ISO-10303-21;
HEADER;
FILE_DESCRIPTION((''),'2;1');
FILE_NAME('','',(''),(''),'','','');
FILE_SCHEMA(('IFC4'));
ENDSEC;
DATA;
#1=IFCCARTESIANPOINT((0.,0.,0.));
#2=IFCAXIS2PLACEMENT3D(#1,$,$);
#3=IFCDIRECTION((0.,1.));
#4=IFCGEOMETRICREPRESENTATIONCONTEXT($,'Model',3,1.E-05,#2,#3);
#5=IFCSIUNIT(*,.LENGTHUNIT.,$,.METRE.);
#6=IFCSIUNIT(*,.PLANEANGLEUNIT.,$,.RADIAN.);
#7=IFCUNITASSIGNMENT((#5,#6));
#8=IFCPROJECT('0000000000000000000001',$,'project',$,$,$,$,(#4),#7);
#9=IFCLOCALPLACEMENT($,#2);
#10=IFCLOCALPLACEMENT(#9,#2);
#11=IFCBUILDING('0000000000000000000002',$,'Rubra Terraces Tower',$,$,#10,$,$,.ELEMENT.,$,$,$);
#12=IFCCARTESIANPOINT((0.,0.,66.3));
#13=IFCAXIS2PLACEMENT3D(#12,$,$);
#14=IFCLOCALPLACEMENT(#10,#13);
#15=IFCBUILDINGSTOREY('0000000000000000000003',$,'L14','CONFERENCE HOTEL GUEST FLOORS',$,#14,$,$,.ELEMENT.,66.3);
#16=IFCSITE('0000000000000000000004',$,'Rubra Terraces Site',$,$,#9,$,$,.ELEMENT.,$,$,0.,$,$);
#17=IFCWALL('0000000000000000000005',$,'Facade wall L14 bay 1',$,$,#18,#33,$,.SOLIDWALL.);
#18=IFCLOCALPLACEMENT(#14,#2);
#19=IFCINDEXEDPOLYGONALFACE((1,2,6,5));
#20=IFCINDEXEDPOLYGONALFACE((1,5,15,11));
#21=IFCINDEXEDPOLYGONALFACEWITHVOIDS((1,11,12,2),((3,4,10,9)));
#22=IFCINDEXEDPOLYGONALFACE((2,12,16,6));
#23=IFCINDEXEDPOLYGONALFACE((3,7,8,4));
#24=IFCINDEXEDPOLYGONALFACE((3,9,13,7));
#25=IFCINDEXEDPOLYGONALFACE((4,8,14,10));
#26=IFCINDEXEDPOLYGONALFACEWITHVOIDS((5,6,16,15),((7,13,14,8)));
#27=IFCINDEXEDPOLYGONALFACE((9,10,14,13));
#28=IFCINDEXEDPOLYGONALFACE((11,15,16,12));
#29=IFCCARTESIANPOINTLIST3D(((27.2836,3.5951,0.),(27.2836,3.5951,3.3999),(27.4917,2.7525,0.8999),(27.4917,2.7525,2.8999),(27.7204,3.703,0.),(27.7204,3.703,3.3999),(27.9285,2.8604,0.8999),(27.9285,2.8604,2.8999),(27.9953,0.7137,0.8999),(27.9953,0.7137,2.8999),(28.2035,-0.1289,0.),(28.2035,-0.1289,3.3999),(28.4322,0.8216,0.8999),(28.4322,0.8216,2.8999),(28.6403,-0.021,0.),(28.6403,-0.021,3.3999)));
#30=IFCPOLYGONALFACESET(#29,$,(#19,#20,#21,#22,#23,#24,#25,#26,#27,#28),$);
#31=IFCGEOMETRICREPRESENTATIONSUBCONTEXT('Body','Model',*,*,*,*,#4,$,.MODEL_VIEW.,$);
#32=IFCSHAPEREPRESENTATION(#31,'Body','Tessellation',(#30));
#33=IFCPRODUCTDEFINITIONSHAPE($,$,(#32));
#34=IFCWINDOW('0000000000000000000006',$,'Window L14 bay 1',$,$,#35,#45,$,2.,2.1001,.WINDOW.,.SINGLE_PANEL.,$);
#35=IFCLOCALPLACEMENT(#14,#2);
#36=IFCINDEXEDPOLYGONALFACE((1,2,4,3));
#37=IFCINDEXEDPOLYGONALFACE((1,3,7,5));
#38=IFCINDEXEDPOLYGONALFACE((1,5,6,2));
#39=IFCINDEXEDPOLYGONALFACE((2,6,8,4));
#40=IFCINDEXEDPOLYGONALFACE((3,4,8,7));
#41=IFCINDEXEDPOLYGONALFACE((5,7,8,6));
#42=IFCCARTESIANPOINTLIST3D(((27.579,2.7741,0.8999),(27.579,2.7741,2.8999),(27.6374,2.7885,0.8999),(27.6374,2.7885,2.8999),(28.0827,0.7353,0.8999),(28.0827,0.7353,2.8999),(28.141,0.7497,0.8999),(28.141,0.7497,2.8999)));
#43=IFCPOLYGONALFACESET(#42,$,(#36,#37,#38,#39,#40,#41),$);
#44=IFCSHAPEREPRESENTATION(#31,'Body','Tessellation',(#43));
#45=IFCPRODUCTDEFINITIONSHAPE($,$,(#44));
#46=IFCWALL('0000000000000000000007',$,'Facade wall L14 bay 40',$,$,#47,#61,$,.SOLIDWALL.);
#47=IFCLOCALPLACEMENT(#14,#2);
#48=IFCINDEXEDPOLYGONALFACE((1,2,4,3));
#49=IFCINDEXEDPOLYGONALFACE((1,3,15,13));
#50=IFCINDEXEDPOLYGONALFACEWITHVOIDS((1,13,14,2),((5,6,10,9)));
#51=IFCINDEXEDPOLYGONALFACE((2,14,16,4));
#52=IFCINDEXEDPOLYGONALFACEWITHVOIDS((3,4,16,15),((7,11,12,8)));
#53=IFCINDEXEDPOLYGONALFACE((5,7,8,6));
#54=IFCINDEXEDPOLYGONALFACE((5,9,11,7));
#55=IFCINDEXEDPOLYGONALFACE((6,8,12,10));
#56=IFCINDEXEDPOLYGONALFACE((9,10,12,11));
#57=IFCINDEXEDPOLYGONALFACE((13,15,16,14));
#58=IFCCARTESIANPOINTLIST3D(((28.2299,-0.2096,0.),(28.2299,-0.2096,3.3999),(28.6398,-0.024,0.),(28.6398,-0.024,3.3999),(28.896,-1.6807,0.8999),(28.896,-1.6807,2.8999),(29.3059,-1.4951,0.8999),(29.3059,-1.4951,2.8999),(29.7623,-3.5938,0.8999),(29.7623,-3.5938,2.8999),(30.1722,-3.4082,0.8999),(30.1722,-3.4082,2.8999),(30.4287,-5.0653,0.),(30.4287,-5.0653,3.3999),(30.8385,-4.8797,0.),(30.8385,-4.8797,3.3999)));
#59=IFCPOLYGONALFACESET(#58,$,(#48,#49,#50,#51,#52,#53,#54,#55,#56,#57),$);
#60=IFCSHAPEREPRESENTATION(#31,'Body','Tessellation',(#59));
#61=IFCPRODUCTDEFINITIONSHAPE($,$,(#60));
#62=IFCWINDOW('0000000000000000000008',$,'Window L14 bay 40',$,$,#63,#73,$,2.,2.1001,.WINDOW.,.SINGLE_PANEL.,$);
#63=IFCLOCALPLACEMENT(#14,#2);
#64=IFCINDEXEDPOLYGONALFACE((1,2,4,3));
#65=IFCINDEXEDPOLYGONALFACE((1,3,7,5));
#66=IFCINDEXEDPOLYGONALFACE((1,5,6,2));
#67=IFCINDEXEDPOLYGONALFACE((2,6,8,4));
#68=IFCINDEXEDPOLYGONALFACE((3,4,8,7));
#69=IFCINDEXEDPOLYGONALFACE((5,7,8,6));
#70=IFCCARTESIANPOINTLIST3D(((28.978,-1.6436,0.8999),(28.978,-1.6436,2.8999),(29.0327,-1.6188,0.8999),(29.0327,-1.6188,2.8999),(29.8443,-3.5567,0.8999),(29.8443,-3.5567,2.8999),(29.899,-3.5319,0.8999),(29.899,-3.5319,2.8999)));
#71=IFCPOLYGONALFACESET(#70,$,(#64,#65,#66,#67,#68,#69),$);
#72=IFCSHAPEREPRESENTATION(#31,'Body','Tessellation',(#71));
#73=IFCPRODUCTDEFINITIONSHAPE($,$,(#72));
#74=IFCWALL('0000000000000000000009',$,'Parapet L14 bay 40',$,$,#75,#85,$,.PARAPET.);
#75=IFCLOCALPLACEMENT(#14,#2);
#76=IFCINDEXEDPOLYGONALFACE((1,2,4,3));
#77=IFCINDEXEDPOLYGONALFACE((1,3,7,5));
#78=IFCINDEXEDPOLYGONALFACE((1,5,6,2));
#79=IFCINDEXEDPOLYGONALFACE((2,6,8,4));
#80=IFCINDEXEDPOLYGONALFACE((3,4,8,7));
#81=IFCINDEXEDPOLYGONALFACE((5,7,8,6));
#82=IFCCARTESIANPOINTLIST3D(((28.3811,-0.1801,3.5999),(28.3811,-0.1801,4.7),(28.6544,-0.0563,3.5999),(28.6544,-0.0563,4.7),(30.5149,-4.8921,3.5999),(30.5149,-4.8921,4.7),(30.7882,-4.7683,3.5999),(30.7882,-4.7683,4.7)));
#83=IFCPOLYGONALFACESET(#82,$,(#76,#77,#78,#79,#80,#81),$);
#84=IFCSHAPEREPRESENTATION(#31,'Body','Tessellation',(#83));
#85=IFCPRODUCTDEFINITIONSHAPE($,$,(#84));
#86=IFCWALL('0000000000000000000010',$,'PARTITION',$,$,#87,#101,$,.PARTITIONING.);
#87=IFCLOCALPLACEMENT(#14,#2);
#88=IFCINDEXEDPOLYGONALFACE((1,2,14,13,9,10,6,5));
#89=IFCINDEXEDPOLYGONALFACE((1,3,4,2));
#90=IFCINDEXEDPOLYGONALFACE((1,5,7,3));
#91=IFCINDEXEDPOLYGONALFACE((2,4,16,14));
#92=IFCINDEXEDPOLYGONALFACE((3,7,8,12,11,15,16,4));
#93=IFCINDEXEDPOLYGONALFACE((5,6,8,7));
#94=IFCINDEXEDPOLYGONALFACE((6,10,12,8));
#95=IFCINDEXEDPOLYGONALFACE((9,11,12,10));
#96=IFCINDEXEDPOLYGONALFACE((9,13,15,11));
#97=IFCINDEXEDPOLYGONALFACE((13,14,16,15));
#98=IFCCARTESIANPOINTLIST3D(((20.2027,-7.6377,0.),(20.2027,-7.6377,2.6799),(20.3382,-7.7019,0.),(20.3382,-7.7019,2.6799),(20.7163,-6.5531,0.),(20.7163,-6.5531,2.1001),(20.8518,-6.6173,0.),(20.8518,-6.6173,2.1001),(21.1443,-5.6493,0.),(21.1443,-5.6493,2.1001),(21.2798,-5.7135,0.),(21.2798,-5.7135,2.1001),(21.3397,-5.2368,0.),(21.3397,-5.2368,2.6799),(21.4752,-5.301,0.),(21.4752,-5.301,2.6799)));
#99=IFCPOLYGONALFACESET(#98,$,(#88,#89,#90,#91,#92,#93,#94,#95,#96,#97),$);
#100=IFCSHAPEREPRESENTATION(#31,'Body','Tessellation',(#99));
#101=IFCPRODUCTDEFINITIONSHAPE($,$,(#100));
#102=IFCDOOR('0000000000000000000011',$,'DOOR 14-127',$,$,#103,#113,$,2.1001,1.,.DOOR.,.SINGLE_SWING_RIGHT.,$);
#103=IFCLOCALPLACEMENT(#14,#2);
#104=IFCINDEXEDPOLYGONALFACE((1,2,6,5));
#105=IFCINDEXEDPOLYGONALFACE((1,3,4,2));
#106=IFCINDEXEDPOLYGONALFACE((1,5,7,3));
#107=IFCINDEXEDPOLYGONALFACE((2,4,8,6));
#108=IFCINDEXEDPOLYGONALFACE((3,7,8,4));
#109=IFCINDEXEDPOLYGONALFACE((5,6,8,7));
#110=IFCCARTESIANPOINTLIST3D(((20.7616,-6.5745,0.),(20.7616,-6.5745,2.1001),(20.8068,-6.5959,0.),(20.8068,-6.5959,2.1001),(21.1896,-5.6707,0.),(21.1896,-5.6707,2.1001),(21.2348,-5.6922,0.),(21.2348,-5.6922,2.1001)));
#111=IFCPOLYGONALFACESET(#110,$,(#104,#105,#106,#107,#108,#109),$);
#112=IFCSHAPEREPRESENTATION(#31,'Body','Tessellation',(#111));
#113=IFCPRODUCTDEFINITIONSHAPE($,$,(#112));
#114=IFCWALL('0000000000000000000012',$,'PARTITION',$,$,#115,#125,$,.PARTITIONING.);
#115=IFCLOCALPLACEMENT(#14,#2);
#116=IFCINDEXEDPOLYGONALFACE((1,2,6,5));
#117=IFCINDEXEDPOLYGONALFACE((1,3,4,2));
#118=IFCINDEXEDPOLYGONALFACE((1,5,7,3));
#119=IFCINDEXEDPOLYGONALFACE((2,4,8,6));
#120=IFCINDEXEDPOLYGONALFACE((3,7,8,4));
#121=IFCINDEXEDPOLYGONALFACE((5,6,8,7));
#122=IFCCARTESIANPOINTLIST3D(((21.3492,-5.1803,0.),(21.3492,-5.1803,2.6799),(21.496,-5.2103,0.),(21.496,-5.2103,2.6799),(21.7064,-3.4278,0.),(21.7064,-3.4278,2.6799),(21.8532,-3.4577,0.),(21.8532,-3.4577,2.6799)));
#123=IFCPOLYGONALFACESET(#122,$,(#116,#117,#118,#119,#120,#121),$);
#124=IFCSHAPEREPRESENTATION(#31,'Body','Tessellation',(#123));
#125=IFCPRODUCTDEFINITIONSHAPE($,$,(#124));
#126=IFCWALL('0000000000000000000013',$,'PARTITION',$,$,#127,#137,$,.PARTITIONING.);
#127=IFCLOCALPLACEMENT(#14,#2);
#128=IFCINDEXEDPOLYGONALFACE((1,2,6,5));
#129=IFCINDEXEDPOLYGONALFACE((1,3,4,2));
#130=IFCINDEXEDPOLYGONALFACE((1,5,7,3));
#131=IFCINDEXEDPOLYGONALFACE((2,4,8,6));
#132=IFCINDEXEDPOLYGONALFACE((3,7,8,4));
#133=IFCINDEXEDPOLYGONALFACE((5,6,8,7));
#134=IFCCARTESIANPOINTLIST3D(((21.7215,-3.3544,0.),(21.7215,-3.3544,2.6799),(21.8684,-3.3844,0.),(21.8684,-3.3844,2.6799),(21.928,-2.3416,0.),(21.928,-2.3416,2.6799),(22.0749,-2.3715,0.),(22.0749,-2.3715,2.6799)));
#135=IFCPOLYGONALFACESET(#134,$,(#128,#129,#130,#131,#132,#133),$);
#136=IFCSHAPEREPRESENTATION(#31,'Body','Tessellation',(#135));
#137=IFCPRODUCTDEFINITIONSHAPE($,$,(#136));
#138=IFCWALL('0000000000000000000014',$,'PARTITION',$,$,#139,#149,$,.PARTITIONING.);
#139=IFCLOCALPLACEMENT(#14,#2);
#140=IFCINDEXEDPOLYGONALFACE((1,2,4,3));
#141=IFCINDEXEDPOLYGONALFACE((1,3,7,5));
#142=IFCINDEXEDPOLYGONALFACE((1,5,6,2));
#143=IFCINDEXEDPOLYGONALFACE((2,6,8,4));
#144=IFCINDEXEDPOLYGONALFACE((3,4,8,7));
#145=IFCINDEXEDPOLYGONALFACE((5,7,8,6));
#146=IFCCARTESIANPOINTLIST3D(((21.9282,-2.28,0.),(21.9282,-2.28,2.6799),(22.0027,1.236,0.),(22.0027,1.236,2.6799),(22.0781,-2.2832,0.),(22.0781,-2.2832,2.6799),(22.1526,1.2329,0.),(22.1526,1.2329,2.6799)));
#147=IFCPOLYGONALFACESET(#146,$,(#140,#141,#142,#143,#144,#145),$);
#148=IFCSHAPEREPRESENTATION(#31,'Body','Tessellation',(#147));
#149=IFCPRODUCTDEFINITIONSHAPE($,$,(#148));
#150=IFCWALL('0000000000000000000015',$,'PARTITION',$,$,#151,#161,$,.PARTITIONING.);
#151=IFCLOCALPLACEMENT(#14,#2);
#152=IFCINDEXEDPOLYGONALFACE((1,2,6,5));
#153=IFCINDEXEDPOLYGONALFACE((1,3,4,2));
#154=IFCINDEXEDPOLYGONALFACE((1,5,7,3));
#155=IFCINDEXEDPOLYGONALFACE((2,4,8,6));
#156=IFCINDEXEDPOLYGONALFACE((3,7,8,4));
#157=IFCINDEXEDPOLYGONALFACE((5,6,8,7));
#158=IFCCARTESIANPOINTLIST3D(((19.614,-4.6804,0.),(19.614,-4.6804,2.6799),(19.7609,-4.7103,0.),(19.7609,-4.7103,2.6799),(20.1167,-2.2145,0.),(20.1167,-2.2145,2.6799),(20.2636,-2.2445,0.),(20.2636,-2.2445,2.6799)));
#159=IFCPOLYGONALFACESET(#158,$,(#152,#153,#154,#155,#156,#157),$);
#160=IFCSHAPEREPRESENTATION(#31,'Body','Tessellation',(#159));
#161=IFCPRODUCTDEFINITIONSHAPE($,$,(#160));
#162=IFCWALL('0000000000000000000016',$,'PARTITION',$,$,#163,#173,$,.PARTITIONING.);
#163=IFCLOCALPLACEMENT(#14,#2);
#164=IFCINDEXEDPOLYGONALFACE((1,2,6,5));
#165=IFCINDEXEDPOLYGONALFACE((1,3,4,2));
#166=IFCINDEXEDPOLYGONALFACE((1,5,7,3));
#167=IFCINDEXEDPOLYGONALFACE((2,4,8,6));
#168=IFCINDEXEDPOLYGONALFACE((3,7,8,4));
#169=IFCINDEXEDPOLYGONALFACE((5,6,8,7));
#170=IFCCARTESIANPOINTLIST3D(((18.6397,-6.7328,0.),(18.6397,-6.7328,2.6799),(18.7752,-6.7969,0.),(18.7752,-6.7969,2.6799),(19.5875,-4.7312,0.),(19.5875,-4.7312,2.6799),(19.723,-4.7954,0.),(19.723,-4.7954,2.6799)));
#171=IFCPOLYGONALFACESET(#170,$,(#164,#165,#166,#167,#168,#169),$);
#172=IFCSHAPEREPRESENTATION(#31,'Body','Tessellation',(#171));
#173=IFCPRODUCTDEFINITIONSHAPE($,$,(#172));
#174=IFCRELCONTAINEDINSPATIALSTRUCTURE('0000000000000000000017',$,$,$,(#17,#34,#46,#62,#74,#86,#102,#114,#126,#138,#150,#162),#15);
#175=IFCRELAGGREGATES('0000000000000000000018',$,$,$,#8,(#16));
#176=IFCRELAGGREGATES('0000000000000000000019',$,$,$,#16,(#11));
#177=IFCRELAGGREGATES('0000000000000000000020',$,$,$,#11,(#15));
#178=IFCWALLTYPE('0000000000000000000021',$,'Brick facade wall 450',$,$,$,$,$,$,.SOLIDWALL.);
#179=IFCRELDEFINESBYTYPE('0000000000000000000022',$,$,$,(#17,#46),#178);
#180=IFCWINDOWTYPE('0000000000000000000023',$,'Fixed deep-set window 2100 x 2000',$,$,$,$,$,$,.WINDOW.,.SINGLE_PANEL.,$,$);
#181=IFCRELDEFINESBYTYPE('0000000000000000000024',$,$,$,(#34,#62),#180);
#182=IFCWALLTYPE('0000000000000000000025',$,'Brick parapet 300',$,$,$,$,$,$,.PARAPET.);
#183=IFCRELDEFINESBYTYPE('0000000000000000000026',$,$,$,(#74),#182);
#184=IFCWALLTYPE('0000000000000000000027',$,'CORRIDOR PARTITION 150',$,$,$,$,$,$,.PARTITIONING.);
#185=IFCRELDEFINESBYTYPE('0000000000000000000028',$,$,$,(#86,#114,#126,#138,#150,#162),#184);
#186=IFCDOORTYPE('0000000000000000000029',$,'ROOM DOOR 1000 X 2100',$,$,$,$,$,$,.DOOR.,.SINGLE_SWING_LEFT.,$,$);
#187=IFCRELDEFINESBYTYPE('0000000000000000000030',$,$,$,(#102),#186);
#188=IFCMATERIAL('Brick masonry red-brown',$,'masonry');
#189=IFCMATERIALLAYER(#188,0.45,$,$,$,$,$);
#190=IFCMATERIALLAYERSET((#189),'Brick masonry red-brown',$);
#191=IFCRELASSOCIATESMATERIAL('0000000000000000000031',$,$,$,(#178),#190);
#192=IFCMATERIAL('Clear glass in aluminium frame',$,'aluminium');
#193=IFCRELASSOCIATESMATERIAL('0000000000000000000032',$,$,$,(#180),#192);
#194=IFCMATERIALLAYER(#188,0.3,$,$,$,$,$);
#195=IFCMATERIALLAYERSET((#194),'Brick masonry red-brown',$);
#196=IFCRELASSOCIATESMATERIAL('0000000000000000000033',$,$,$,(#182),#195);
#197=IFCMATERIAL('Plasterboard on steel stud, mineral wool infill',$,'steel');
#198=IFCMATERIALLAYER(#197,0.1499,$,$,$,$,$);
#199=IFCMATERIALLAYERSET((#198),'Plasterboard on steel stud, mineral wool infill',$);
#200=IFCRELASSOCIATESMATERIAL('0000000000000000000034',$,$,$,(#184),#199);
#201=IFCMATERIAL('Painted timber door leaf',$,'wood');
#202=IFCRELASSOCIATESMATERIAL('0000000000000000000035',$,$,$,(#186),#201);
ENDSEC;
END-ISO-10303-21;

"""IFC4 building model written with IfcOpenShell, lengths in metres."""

from ifc_helpers import new_model, si_unit, direction, frame, frame_2d, origin, place, context, subcontext, project, spatial, rectangle, extrude, material, layer, layer_set, type_object, element, fill, save


model = new_model("IFC4")

# Units and contexts
model_context = context("Model", 3, precision=1e-05, world=origin(), true_north=direction((0.0, 1.0)))
body_context = subcontext(model_context, "Body", "Model", "MODEL_VIEW")
ifc_project = project(units=[si_unit("LENGTHUNIT", "METRE"), si_unit("PLANEANGLEUNIT", "RADIAN")], contexts=[model_context])

# Site, building, storey
site_placement = place(None, origin())
site = spatial("IfcSite", under=ifc_project, at=site_placement, Name="Rubra Terraces Site", CompositionType="ELEMENT", RefElevation=0.0)
building_placement = place(site_placement, origin())
building = spatial("IfcBuilding", under=site, at=building_placement, Name="Rubra Terraces Tower", CompositionType="ELEMENT")
storey_placement = place(building_placement, frame((0.0, 0.0, 66.3)))
storey = spatial("IfcBuildingStorey", under=building, at=storey_placement, Name="L14", Description="CONFERENCE HOTEL GUEST FLOORS", CompositionType="ELEMENT", Elevation=66.3)

# Walls, openings, windows
ifc_material_1 = material(Name="Brick masonry red-brown", Category="masonry")
ifc_layer_1 = layer(ifc_material_1, 0.45)
ifc_layer_set_1 = layer_set([ifc_layer_1], Name="Brick masonry red-brown")
wall_type_1 = type_object("IfcWallType", Name="Brick facade wall 450", PredefinedType="SOLIDWALL", material=ifc_layer_set_1)
wall_1_placement = place(storey_placement, frame((28.4219, -0.075, 0.0), z_axis=(0.0, 0.0, 1.0), x_axis=(-0.239809, 0.97082, 0.0)))
wall_1 = element("IfcWall", 1, at=wall_1_placement, inside=storey, type_object=wall_type_1, Name="Facade wall L14 bay 1", PredefinedType="SOLIDWALL", context=body_context, shape_type="SweptSolid", body=[
    extrude(rectangle(XDim=3.8359, YDim=0.45, at=frame_2d((1.918, 0.0))), origin(), (0.0, 0.0, 1.0), 3.3999),
])
opening_1_placement = place(wall_1_placement, frame((0.8679, 0.0, 0.8999)))
opening_1 = element("IfcOpeningElement", 2, at=opening_1_placement, cuts=wall_1, PredefinedType="OPENING", context=body_context, shape_type="SweptSolid", body=[
    extrude(rectangle(XDim=2.1001, YDim=2.0, at=frame_2d((1.05, 1.0))), frame((0.0, 0.2349, 0.0), z_axis=(0.0, -1.0, 0.0), x_axis=(1.0, 0.0, 0.0)), (0.0, 0.0, 1.0), 0.47),
])
ifc_material_2 = material(Name="Clear glass in aluminium frame", Category="aluminium")
window_type = type_object("IfcWindowType", Name="Fixed deep-set window 2100 x 2000", PartitioningType="SINGLE_PANEL", PredefinedType="WINDOW", material=ifc_material_2)
window_1_placement = place(opening_1_placement, origin())
window_1 = element("IfcWindow", 3, at=window_1_placement, inside=storey, type_object=window_type, Name="Window L14 bay 1", OverallHeight=2.0, OverallWidth=2.1001, PartitioningType="SINGLE_PANEL", PredefinedType="WINDOW", context=body_context, shape_type="SweptSolid", body=[
    extrude(rectangle(XDim=2.1001, YDim=2.0, at=frame_2d((1.05, 1.0))), frame((0.0, 0.135, 0.0), z_axis=(0.0, -1.0, 0.0), x_axis=(1.0, 0.0, 0.0)), (0.0, 0.0, 1.0), 0.0601),
])
fill(opening_1, window_1)
wall_2_placement = place(storey_placement, frame((30.6335, -4.9724, 0.0), z_axis=(0.0, 0.0, 1.0), x_axis=(-0.412495, 0.91096, 0.0)))
wall_2 = element("IfcWall", 4, at=wall_2_placement, inside=storey, type_object=wall_type_1, Name="Facade wall L14 bay 40", PredefinedType="SOLIDWALL", context=body_context, shape_type="SweptSolid", body=[
    extrude(rectangle(XDim=5.3303, YDim=0.45, at=frame_2d((2.665, 0.0))), origin(), (0.0, 0.0, 1.0), 3.3999),
])
opening_2_placement = place(wall_2_placement, frame((1.6152, 0.0, 0.8999)))
opening_2 = element("IfcOpeningElement", 5, at=opening_2_placement, cuts=wall_2, PredefinedType="OPENING", context=body_context, shape_type="SweptSolid", body=[
    extrude(rectangle(XDim=2.1001, YDim=2.0, at=frame_2d((1.05, 1.0))), frame((0.0, 0.2349, 0.0), z_axis=(0.0, -1.0, 0.0), x_axis=(1.0, 0.0, 0.0)), (0.0, 0.0, 1.0), 0.47),
])
window_2_placement = place(opening_2_placement, origin())
window_2 = element("IfcWindow", 6, at=window_2_placement, inside=storey, type_object=window_type, Name="Window L14 bay 40", OverallHeight=2.0, OverallWidth=2.1001, PartitioningType="SINGLE_PANEL", PredefinedType="WINDOW", context=body_context, shape_type="SweptSolid", body=[
    extrude(rectangle(XDim=2.1001, YDim=2.0, at=frame_2d((1.05, 1.0))), frame((0.0, 0.135, 0.0), z_axis=(0.0, -1.0, 0.0), x_axis=(1.0, 0.0, 0.0)), (0.0, 0.0, 1.0), 0.0601),
])
fill(opening_2, window_2)

# Wall
ifc_layer_2 = layer(ifc_material_1, 0.3)
ifc_layer_set_2 = layer_set([ifc_layer_2], Name="Brick masonry red-brown")
wall_type_2 = type_object("IfcWallType", Name="Brick parapet 300", PredefinedType="PARAPET", material=ifc_layer_set_2)
wall_3_placement = place(storey_placement, frame((30.6516, -4.8303, 3.5999), z_axis=(0.0, 0.0, 1.0), x_axis=(-0.412522, 0.910947, 0.0)))
element("IfcWall", 7, at=wall_3_placement, inside=storey, type_object=wall_type_2, Name="Parapet L14 bay 40", PredefinedType="PARAPET", context=body_context, shape_type="SweptSolid", body=[
    extrude(rectangle(XDim=5.1726, YDim=0.3, at=frame_2d((2.5864, 0.0))), origin(), (0.0, 0.0, 1.0), 1.1001),
])

# Wall, opening, door
ifc_material_3 = material(Name="Plasterboard on steel stud, mineral wool infill", Category="steel")
ifc_layer_3 = layer(ifc_material_3, 0.1499)
ifc_layer_set_3 = layer_set([ifc_layer_3], Name="Plasterboard on steel stud, mineral wool infill")
wall_type_3 = type_object("IfcWallType", Name="CORRIDOR PARTITION 150", PredefinedType="PARTITIONING", material=ifc_layer_set_3)
wall_4_placement = place(storey_placement, frame((20.2705, -7.6697, 0.0), z_axis=(0.0, 0.0, 1.0), x_axis=(0.427995, 0.903781, 0.0)))
wall_4 = element("IfcWall", 8, at=wall_4_placement, inside=storey, type_object=wall_type_3, Name="PARTITION", PredefinedType="PARTITIONING", context=body_context, shape_type="SweptSolid", body=[
    extrude(rectangle(XDim=2.6565, YDim=0.1499, at=frame_2d((1.3281, 0.0))), origin(), (0.0, 0.0, 1.0), 2.6799),
])
opening_3_placement = place(wall_4_placement, frame((1.2, 0.0, 0.0)))
opening_3 = element("IfcOpeningElement", 9, at=opening_3_placement, cuts=wall_4, PredefinedType="OPENING", context=body_context, shape_type="SweptSolid", body=[
    extrude(rectangle(XDim=1.0, YDim=2.1001, at=frame_2d((0.5, 1.05))), frame((0.0, 0.085, 0.0), z_axis=(0.0, -1.0, 0.0), x_axis=(1.0, 0.0, 0.0)), (0.0, 0.0, 1.0), 0.1699),
])
ifc_material_4 = material(Name="Painted timber door leaf", Category="wood")
door_type_1 = type_object("IfcDoorType", Name="ROOM DOOR 1000 X 2100", OperationType="SINGLE_SWING_LEFT", PredefinedType="DOOR", material=ifc_material_4)
door_1_placement = place(opening_3_placement, origin())
door_1 = element("IfcDoor", 10, at=door_1_placement, inside=storey, type_object=door_type_1, Name="DOOR 14-127", OperationType="SINGLE_SWING_RIGHT", OverallHeight=2.1001, OverallWidth=1.0, PredefinedType="DOOR", context=body_context, shape_type="SweptSolid", body=[
    extrude(rectangle(XDim=1.0, YDim=2.1001, at=frame_2d((0.5, 1.05))), frame((0.0, 0.0249, 0.0), z_axis=(0.0, -1.0, 0.0), x_axis=(1.0, 0.0, 0.0)), (0.0, 0.0, 1.0), 0.05),
])
fill(opening_3, door_1)

# Walls
wall_5_placement = place(storey_placement, frame((21.4226, -5.1953, 0.0), z_axis=(0.0, 0.0, 1.0), x_axis=(0.199711, 0.979855, 0.0)))
element("IfcWall", 11, at=wall_5_placement, inside=storey, type_object=wall_type_3, Name="PARTITION", PredefinedType="PARTITIONING", context=body_context, shape_type="SweptSolid", body=[
    extrude(rectangle(XDim=1.7886, YDim=0.1499, at=frame_2d((0.8943, 0.0))), origin(), (0.0, 0.0, 1.0), 2.6799),
])
wall_6_placement = place(storey_placement, frame((21.7949, -3.3694, 0.0), z_axis=(0.0, 0.0, 1.0), x_axis=(0.199793, 0.979838, 0.0)))
element("IfcWall", 12, at=wall_6_placement, inside=storey, type_object=wall_type_3, Name="PARTITION", PredefinedType="PARTITIONING", context=body_context, shape_type="SweptSolid", body=[
    extrude(rectangle(XDim=1.0337, YDim=0.1499, at=frame_2d((0.5168, 0.0))), origin(), (0.0, 0.0, 1.0), 2.6799),
])
wall_7_placement = place(storey_placement, frame((22.0032, -2.2815, 0.0), z_axis=(0.0, 0.0, 1.0), x_axis=(0.021173, 0.999776, 0.0)))
element("IfcWall", 13, at=wall_7_placement, inside=storey, type_object=wall_type_3, Name="PARTITION", PredefinedType="PARTITIONING", context=body_context, shape_type="SweptSolid", body=[
    extrude(rectangle(XDim=3.5168, YDim=0.1499, at=frame_2d((1.7583, 0.0))), origin(), (0.0, 0.0, 1.0), 2.6799),
])
wall_8_placement = place(storey_placement, frame((20.1902, -2.2295, 0.0), z_axis=(0.0, 0.0, 1.0), x_axis=(-0.199753, -0.979846, 0.0)))
element("IfcWall", 14, at=wall_8_placement, inside=storey, type_object=wall_type_3, Name="PARTITION", PredefinedType="PARTITIONING", context=body_context, shape_type="SweptSolid", body=[
    extrude(rectangle(XDim=2.5166, YDim=0.1499, at=frame_2d((1.2583, 0.0))), origin(), (0.0, 0.0, 1.0), 2.6799),
])
wall_9_placement = place(storey_placement, frame((19.6553, -4.7632, 0.0), z_axis=(0.0, 0.0, 1.0), x_axis=(-0.427973, -0.903792, 0.0)))
element("IfcWall", 15, at=wall_9_placement, inside=storey, type_object=wall_type_3, Name="PARTITION", PredefinedType="PARTITIONING", context=body_context, shape_type="SweptSolid", body=[
    extrude(rectangle(XDim=2.2146, YDim=0.1499, at=frame_2d((1.1074, 0.0))), origin(), (0.0, 0.0, 1.0), 2.6799),
])

save(model, "model.ifc")
